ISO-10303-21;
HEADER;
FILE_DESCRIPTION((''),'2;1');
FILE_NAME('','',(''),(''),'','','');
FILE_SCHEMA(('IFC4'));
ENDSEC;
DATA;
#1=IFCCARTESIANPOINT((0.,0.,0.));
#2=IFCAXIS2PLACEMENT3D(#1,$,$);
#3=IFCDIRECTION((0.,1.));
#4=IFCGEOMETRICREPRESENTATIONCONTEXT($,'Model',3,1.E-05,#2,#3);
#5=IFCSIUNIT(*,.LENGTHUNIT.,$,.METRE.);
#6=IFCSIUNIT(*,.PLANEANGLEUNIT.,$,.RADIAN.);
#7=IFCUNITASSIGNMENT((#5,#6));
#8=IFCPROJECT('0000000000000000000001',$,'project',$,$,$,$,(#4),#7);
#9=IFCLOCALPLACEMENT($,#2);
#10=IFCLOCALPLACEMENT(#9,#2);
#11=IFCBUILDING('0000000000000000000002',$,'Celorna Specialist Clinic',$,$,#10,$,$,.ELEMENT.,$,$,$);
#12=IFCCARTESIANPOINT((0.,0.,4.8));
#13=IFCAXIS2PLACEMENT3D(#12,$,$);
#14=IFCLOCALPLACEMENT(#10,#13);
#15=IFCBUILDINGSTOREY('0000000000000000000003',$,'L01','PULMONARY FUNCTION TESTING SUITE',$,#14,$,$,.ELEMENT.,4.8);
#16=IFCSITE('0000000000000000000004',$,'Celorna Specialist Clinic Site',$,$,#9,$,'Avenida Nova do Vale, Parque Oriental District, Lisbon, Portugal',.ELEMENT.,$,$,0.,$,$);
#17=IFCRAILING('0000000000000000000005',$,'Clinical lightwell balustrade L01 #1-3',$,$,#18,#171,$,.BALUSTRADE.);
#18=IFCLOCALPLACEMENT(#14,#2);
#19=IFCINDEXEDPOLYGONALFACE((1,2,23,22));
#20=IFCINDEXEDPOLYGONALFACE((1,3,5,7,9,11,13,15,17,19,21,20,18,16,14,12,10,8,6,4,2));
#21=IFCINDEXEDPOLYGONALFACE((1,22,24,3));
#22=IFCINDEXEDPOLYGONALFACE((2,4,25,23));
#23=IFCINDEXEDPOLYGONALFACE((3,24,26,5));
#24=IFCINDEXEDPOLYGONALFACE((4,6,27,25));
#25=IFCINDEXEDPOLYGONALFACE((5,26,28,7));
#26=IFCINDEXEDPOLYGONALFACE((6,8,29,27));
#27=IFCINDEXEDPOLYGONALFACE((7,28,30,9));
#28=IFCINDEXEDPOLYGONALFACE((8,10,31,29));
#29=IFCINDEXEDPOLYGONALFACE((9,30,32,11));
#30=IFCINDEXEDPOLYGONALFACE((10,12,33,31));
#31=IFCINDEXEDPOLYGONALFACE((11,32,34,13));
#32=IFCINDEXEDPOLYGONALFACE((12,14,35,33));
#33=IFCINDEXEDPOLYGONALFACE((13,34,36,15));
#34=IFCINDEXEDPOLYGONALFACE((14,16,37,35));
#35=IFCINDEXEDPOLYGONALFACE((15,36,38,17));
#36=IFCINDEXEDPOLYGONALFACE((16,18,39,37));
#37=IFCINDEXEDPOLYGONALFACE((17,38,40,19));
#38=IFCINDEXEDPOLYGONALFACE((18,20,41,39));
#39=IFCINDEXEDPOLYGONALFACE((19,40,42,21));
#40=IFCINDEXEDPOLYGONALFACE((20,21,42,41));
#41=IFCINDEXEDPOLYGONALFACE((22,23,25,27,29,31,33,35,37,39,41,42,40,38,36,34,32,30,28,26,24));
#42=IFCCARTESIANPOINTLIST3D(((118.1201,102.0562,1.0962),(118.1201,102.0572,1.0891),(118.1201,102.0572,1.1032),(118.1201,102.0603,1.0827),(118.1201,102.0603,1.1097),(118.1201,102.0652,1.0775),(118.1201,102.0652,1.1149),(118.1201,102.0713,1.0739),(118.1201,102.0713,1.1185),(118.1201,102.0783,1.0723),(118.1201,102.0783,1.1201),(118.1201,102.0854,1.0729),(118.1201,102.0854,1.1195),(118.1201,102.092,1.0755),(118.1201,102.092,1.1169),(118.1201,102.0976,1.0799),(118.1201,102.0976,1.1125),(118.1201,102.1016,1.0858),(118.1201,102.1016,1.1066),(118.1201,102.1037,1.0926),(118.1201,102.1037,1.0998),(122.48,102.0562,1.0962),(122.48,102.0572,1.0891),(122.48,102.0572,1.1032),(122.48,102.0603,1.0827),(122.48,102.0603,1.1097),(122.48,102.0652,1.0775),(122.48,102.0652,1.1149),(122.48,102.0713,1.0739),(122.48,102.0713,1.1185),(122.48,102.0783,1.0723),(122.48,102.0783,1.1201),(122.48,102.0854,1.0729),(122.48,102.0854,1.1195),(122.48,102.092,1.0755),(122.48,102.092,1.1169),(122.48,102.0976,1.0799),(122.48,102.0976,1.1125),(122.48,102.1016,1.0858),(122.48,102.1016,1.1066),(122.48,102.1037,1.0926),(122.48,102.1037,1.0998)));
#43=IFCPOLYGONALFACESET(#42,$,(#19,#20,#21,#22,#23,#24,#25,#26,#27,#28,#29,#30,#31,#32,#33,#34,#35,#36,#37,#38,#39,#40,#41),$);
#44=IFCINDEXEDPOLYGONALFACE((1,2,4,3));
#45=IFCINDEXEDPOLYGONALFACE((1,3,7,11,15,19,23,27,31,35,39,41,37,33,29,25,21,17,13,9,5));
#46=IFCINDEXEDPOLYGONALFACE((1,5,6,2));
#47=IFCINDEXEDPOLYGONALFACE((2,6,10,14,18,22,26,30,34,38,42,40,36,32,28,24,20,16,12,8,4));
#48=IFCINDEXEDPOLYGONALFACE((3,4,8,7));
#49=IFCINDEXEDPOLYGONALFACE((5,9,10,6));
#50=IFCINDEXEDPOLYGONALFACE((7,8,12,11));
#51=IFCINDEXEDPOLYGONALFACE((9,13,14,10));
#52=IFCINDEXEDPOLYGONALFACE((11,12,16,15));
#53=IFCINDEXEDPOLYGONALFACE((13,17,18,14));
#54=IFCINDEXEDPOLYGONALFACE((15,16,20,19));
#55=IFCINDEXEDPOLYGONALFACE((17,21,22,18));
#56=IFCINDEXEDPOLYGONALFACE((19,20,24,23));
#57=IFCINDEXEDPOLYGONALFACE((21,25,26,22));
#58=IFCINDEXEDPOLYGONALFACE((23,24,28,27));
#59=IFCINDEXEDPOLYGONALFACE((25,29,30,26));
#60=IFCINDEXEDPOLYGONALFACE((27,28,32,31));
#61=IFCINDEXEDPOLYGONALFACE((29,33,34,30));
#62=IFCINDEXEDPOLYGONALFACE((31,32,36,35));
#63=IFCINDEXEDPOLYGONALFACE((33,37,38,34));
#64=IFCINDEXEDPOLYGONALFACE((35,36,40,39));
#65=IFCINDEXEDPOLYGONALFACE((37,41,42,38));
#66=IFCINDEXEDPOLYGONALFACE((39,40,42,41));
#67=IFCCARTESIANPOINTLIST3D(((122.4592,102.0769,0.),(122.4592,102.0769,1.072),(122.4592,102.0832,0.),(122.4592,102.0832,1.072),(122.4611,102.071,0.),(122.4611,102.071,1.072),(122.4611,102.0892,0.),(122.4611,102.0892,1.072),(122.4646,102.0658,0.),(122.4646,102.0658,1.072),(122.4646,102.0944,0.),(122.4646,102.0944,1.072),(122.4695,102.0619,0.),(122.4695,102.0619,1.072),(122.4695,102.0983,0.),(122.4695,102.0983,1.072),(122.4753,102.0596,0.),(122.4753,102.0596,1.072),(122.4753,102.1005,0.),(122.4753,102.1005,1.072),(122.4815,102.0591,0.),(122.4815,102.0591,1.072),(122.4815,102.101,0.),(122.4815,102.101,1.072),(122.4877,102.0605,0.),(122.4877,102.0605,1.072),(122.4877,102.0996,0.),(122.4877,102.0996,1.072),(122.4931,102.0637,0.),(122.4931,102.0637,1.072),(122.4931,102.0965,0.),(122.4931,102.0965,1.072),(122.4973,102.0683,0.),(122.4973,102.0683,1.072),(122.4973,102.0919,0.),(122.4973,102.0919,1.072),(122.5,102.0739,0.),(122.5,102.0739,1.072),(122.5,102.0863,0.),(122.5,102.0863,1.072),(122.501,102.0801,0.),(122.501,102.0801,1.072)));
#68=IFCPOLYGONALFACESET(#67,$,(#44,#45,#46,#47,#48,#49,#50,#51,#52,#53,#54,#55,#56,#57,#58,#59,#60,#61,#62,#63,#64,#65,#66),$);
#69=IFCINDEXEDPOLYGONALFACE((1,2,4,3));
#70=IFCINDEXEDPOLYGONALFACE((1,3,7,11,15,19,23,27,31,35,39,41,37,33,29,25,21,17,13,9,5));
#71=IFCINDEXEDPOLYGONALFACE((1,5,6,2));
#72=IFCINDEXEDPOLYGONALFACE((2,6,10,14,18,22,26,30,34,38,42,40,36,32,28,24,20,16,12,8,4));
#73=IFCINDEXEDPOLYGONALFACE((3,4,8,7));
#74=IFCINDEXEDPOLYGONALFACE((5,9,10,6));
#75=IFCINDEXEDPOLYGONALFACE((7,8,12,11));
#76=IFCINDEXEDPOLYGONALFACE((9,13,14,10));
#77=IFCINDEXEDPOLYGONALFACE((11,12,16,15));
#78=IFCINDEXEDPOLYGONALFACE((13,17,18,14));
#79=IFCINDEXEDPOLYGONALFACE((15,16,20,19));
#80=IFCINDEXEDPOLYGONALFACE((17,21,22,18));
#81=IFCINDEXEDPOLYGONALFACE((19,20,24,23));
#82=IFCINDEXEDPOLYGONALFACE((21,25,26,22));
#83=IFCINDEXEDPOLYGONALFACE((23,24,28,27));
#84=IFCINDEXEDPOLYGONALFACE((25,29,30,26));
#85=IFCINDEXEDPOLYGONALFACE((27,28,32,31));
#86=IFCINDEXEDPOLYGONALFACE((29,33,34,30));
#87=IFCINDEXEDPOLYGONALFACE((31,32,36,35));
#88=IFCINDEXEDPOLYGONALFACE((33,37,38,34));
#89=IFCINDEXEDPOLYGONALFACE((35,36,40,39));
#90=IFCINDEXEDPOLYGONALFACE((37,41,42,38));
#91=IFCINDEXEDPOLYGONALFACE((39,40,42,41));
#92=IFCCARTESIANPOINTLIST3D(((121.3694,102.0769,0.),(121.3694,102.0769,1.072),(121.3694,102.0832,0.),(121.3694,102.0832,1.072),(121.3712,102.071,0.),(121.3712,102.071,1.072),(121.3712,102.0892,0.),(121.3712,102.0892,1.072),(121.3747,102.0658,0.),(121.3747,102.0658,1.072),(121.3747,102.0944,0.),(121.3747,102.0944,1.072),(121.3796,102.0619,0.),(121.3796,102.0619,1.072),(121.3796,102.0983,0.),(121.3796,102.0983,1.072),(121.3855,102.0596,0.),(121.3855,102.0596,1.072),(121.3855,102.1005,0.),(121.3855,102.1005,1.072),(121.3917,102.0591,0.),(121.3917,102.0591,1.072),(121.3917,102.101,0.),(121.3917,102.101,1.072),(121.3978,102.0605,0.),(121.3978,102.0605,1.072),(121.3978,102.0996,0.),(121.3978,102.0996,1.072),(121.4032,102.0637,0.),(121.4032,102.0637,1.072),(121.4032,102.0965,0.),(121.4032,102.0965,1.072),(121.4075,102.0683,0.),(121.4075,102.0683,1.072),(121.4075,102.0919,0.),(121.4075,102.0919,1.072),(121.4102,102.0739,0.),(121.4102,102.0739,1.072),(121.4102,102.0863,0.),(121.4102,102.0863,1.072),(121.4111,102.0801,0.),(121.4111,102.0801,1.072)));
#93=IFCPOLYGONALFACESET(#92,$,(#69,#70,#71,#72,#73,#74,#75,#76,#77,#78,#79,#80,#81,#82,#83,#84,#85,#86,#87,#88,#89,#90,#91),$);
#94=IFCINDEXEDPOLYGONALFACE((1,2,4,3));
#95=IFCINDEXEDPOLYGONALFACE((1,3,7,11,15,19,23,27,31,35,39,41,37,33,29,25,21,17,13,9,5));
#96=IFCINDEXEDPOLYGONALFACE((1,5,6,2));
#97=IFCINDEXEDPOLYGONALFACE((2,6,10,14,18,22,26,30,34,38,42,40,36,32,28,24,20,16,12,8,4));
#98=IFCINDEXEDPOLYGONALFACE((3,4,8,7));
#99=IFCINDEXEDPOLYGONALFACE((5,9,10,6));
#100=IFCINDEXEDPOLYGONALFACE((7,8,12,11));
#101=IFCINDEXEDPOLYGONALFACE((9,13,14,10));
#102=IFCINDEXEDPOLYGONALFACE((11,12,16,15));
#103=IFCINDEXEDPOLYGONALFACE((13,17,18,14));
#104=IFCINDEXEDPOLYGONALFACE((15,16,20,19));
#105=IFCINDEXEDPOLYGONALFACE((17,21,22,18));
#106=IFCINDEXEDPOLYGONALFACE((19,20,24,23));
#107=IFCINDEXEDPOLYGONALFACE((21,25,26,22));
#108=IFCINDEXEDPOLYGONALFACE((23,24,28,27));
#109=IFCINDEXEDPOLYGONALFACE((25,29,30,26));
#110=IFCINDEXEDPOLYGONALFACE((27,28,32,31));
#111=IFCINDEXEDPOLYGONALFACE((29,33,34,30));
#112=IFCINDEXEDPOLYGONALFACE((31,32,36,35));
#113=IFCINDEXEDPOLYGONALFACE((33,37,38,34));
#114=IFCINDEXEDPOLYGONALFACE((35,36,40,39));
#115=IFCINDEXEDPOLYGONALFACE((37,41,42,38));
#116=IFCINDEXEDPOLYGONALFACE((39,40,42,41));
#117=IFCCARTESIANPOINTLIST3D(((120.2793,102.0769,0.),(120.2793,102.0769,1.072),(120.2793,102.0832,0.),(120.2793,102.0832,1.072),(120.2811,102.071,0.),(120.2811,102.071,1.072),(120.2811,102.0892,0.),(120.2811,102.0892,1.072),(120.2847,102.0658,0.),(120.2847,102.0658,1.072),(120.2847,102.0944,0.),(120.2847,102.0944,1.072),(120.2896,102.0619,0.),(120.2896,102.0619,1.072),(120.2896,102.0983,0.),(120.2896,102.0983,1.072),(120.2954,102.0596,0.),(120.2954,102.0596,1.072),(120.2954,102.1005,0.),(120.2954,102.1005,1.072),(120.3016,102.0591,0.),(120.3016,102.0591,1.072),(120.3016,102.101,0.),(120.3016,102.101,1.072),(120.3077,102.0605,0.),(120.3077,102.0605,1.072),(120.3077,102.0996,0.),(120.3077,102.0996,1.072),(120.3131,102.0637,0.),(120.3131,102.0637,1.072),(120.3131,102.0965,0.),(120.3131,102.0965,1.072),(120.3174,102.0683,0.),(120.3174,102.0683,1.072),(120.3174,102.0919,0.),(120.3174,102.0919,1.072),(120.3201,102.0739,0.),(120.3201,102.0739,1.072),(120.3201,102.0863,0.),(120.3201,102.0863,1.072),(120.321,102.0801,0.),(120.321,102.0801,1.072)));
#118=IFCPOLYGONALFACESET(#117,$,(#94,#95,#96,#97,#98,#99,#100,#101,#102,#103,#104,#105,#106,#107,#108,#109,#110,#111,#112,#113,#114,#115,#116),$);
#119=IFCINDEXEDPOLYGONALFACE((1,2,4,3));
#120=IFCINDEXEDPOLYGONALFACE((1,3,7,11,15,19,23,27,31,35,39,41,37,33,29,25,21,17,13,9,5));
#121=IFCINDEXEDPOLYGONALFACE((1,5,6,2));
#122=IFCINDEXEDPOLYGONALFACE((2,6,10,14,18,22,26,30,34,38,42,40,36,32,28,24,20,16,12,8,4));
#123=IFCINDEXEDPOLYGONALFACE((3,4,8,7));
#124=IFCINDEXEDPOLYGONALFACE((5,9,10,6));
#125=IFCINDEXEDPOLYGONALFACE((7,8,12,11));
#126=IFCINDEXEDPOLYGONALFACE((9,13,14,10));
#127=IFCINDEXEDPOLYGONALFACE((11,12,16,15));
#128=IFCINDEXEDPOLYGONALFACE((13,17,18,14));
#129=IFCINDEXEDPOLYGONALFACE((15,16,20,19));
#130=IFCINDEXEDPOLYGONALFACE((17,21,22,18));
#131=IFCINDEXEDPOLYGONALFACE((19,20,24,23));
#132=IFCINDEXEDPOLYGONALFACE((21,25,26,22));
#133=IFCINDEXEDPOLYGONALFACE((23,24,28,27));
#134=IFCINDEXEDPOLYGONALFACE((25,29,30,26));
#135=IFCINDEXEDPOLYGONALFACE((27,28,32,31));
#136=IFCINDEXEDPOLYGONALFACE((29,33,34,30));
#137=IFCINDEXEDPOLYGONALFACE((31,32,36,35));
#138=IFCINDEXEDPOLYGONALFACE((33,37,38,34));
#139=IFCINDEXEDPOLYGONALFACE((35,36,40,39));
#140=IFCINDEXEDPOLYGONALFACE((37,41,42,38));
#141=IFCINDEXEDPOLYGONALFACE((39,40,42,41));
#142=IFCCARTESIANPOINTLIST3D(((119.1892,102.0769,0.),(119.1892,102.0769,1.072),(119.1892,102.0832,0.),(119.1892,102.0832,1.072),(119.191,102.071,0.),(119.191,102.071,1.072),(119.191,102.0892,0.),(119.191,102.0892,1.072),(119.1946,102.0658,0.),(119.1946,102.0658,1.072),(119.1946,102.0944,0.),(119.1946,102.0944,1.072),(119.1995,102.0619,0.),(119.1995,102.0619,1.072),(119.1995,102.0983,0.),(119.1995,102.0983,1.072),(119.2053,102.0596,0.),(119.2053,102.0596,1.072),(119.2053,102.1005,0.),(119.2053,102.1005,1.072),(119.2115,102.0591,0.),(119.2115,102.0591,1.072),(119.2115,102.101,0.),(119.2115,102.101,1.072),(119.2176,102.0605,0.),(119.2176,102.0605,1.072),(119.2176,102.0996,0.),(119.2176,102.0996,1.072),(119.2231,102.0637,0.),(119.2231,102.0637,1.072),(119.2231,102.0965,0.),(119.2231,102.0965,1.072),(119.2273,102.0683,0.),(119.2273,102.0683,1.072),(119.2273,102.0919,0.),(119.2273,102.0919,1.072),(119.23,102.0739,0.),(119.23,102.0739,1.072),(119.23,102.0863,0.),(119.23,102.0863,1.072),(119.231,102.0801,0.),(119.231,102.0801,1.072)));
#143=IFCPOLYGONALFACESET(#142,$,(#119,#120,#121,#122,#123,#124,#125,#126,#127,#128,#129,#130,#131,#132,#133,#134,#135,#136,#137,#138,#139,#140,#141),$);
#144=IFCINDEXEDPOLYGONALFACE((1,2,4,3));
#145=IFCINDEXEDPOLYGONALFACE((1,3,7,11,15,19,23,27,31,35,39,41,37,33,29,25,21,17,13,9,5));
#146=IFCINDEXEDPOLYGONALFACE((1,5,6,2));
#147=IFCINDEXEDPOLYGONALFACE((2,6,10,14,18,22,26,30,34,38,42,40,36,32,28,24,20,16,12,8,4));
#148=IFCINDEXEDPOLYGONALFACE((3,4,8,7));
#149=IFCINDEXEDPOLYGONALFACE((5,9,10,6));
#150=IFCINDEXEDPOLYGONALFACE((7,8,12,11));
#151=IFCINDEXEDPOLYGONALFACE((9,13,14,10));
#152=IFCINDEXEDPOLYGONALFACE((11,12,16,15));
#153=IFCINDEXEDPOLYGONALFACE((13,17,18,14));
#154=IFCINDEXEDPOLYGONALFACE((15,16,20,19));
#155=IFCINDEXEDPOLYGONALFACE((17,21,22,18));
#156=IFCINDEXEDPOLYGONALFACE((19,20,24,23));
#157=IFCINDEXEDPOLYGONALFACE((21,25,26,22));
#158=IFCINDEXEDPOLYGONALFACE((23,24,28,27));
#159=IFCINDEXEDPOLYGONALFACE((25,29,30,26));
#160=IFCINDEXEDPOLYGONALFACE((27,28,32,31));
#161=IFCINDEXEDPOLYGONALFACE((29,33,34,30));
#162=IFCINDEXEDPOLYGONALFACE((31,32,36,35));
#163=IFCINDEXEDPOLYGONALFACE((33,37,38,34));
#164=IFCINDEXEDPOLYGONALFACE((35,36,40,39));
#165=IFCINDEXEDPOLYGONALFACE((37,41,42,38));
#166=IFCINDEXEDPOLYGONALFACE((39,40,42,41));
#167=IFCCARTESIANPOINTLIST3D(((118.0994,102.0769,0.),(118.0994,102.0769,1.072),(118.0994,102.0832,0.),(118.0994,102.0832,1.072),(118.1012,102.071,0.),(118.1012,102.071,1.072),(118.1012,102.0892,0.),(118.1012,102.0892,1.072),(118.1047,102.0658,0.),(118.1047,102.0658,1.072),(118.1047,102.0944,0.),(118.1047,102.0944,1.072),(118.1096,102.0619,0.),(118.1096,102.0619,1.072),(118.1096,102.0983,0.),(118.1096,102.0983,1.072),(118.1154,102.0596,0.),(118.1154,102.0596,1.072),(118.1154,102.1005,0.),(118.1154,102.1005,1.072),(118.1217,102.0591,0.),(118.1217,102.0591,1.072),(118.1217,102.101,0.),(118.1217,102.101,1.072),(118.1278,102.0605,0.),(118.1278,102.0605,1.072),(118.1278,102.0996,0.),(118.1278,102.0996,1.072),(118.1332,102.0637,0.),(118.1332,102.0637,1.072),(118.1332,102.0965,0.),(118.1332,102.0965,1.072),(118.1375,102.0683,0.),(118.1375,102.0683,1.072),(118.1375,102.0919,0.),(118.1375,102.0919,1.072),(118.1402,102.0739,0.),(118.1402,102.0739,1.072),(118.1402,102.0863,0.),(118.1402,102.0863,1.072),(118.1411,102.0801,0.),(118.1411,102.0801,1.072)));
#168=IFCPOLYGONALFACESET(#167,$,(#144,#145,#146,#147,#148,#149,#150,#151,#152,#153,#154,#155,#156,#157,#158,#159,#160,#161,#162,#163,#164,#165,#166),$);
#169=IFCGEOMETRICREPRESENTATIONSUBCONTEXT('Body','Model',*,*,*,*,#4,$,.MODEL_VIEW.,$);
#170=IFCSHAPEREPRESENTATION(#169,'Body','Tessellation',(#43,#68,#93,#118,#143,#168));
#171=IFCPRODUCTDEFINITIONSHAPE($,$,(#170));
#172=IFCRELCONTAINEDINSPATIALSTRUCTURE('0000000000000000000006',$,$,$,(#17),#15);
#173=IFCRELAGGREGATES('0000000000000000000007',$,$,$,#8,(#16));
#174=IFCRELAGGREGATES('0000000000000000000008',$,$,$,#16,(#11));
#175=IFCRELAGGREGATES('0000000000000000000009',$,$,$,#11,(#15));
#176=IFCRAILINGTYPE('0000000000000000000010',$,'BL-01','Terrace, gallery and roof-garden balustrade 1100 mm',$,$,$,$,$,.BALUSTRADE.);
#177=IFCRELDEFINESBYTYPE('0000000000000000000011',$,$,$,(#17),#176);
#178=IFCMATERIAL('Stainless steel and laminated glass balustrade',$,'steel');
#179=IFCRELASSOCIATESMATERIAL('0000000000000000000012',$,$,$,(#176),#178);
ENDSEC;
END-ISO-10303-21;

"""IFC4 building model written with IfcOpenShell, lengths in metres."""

from ifc_helpers import new_model, si_unit, direction, frame, origin, origin_2d, place, context, subcontext, project, spatial, circle, extrude, material, type_object, element, save


model = new_model("IFC4")

# Units and contexts
model_context = context("Model", 3, precision=1e-05, world=origin(), true_north=direction((0.0, 1.0)))
body_context = subcontext(model_context, "Body", "Model", "MODEL_VIEW")
ifc_project = project(units=[si_unit("LENGTHUNIT", "METRE"), si_unit("PLANEANGLEUNIT", "RADIAN")], contexts=[model_context])

# Site, building, storey
site_placement = place(None, origin())
site = spatial("IfcSite", under=ifc_project, at=site_placement, Name="Celorna Specialist Clinic Site", LongName="Avenida Nova do Vale, Parque Oriental District, Lisbon, Portugal", CompositionType="ELEMENT", RefElevation=0.0)
building_placement = place(site_placement, origin())
building = spatial("IfcBuilding", under=site, at=building_placement, Name="Celorna Specialist Clinic", CompositionType="ELEMENT")
storey_placement = place(building_placement, frame((0.0, 0.0, 4.8)))
storey = spatial("IfcBuildingStorey", under=building, at=storey_placement, Name="L01", Description="PULMONARY FUNCTION TESTING SUITE", CompositionType="ELEMENT", Elevation=4.8)

# Railing
ifc_material_1 = material(Name="Stainless steel and laminated glass balustrade", Category="steel")
railing_type = type_object("IfcRailingType", Name="BL-01", Description="Terrace, gallery and roof-garden balustrade 1100 mm", PredefinedType="BALUSTRADE", material=ifc_material_1)
railing_1_placement = place(storey_placement, frame((122.48, 102.0801, 0.0)))
element("IfcRailing", 1, at=railing_1_placement, inside=storey, type_object=railing_type, Name="Clinical lightwell balustrade L01 #1-3", PredefinedType="BALUSTRADE", context=body_context, shape_type="SweptSolid", body=[
    extrude(circle(Radius=0.0239, at=origin_2d()), frame((0.0, 0.0, 1.0962), z_axis=(-1.0, 0.0, 0.0), x_axis=(0.0, -1.0, 0.0)), (0.0, 0.0, 1.0), 4.3599),
    extrude(circle(Radius=0.021, at=origin_2d()), origin(), (0.0, 0.0, 1.0), 1.072),
    extrude(circle(Radius=0.021, at=origin_2d()), frame((-1.0898, 0.0, 0.0)), (0.0, 0.0, 1.0), 1.072),
    extrude(circle(Radius=0.021, at=origin_2d()), frame((-2.1799, 0.0, 0.0)), (0.0, 0.0, 1.0), 1.072),
    extrude(circle(Radius=0.021, at=origin_2d()), frame((-3.27, 0.0, 0.0)), (0.0, 0.0, 1.0), 1.072),
    extrude(circle(Radius=0.021, at=origin_2d()), frame((-4.3599, 0.0, 0.0)), (0.0, 0.0, 1.0), 1.072),
])

save(model, "model.ifc")
